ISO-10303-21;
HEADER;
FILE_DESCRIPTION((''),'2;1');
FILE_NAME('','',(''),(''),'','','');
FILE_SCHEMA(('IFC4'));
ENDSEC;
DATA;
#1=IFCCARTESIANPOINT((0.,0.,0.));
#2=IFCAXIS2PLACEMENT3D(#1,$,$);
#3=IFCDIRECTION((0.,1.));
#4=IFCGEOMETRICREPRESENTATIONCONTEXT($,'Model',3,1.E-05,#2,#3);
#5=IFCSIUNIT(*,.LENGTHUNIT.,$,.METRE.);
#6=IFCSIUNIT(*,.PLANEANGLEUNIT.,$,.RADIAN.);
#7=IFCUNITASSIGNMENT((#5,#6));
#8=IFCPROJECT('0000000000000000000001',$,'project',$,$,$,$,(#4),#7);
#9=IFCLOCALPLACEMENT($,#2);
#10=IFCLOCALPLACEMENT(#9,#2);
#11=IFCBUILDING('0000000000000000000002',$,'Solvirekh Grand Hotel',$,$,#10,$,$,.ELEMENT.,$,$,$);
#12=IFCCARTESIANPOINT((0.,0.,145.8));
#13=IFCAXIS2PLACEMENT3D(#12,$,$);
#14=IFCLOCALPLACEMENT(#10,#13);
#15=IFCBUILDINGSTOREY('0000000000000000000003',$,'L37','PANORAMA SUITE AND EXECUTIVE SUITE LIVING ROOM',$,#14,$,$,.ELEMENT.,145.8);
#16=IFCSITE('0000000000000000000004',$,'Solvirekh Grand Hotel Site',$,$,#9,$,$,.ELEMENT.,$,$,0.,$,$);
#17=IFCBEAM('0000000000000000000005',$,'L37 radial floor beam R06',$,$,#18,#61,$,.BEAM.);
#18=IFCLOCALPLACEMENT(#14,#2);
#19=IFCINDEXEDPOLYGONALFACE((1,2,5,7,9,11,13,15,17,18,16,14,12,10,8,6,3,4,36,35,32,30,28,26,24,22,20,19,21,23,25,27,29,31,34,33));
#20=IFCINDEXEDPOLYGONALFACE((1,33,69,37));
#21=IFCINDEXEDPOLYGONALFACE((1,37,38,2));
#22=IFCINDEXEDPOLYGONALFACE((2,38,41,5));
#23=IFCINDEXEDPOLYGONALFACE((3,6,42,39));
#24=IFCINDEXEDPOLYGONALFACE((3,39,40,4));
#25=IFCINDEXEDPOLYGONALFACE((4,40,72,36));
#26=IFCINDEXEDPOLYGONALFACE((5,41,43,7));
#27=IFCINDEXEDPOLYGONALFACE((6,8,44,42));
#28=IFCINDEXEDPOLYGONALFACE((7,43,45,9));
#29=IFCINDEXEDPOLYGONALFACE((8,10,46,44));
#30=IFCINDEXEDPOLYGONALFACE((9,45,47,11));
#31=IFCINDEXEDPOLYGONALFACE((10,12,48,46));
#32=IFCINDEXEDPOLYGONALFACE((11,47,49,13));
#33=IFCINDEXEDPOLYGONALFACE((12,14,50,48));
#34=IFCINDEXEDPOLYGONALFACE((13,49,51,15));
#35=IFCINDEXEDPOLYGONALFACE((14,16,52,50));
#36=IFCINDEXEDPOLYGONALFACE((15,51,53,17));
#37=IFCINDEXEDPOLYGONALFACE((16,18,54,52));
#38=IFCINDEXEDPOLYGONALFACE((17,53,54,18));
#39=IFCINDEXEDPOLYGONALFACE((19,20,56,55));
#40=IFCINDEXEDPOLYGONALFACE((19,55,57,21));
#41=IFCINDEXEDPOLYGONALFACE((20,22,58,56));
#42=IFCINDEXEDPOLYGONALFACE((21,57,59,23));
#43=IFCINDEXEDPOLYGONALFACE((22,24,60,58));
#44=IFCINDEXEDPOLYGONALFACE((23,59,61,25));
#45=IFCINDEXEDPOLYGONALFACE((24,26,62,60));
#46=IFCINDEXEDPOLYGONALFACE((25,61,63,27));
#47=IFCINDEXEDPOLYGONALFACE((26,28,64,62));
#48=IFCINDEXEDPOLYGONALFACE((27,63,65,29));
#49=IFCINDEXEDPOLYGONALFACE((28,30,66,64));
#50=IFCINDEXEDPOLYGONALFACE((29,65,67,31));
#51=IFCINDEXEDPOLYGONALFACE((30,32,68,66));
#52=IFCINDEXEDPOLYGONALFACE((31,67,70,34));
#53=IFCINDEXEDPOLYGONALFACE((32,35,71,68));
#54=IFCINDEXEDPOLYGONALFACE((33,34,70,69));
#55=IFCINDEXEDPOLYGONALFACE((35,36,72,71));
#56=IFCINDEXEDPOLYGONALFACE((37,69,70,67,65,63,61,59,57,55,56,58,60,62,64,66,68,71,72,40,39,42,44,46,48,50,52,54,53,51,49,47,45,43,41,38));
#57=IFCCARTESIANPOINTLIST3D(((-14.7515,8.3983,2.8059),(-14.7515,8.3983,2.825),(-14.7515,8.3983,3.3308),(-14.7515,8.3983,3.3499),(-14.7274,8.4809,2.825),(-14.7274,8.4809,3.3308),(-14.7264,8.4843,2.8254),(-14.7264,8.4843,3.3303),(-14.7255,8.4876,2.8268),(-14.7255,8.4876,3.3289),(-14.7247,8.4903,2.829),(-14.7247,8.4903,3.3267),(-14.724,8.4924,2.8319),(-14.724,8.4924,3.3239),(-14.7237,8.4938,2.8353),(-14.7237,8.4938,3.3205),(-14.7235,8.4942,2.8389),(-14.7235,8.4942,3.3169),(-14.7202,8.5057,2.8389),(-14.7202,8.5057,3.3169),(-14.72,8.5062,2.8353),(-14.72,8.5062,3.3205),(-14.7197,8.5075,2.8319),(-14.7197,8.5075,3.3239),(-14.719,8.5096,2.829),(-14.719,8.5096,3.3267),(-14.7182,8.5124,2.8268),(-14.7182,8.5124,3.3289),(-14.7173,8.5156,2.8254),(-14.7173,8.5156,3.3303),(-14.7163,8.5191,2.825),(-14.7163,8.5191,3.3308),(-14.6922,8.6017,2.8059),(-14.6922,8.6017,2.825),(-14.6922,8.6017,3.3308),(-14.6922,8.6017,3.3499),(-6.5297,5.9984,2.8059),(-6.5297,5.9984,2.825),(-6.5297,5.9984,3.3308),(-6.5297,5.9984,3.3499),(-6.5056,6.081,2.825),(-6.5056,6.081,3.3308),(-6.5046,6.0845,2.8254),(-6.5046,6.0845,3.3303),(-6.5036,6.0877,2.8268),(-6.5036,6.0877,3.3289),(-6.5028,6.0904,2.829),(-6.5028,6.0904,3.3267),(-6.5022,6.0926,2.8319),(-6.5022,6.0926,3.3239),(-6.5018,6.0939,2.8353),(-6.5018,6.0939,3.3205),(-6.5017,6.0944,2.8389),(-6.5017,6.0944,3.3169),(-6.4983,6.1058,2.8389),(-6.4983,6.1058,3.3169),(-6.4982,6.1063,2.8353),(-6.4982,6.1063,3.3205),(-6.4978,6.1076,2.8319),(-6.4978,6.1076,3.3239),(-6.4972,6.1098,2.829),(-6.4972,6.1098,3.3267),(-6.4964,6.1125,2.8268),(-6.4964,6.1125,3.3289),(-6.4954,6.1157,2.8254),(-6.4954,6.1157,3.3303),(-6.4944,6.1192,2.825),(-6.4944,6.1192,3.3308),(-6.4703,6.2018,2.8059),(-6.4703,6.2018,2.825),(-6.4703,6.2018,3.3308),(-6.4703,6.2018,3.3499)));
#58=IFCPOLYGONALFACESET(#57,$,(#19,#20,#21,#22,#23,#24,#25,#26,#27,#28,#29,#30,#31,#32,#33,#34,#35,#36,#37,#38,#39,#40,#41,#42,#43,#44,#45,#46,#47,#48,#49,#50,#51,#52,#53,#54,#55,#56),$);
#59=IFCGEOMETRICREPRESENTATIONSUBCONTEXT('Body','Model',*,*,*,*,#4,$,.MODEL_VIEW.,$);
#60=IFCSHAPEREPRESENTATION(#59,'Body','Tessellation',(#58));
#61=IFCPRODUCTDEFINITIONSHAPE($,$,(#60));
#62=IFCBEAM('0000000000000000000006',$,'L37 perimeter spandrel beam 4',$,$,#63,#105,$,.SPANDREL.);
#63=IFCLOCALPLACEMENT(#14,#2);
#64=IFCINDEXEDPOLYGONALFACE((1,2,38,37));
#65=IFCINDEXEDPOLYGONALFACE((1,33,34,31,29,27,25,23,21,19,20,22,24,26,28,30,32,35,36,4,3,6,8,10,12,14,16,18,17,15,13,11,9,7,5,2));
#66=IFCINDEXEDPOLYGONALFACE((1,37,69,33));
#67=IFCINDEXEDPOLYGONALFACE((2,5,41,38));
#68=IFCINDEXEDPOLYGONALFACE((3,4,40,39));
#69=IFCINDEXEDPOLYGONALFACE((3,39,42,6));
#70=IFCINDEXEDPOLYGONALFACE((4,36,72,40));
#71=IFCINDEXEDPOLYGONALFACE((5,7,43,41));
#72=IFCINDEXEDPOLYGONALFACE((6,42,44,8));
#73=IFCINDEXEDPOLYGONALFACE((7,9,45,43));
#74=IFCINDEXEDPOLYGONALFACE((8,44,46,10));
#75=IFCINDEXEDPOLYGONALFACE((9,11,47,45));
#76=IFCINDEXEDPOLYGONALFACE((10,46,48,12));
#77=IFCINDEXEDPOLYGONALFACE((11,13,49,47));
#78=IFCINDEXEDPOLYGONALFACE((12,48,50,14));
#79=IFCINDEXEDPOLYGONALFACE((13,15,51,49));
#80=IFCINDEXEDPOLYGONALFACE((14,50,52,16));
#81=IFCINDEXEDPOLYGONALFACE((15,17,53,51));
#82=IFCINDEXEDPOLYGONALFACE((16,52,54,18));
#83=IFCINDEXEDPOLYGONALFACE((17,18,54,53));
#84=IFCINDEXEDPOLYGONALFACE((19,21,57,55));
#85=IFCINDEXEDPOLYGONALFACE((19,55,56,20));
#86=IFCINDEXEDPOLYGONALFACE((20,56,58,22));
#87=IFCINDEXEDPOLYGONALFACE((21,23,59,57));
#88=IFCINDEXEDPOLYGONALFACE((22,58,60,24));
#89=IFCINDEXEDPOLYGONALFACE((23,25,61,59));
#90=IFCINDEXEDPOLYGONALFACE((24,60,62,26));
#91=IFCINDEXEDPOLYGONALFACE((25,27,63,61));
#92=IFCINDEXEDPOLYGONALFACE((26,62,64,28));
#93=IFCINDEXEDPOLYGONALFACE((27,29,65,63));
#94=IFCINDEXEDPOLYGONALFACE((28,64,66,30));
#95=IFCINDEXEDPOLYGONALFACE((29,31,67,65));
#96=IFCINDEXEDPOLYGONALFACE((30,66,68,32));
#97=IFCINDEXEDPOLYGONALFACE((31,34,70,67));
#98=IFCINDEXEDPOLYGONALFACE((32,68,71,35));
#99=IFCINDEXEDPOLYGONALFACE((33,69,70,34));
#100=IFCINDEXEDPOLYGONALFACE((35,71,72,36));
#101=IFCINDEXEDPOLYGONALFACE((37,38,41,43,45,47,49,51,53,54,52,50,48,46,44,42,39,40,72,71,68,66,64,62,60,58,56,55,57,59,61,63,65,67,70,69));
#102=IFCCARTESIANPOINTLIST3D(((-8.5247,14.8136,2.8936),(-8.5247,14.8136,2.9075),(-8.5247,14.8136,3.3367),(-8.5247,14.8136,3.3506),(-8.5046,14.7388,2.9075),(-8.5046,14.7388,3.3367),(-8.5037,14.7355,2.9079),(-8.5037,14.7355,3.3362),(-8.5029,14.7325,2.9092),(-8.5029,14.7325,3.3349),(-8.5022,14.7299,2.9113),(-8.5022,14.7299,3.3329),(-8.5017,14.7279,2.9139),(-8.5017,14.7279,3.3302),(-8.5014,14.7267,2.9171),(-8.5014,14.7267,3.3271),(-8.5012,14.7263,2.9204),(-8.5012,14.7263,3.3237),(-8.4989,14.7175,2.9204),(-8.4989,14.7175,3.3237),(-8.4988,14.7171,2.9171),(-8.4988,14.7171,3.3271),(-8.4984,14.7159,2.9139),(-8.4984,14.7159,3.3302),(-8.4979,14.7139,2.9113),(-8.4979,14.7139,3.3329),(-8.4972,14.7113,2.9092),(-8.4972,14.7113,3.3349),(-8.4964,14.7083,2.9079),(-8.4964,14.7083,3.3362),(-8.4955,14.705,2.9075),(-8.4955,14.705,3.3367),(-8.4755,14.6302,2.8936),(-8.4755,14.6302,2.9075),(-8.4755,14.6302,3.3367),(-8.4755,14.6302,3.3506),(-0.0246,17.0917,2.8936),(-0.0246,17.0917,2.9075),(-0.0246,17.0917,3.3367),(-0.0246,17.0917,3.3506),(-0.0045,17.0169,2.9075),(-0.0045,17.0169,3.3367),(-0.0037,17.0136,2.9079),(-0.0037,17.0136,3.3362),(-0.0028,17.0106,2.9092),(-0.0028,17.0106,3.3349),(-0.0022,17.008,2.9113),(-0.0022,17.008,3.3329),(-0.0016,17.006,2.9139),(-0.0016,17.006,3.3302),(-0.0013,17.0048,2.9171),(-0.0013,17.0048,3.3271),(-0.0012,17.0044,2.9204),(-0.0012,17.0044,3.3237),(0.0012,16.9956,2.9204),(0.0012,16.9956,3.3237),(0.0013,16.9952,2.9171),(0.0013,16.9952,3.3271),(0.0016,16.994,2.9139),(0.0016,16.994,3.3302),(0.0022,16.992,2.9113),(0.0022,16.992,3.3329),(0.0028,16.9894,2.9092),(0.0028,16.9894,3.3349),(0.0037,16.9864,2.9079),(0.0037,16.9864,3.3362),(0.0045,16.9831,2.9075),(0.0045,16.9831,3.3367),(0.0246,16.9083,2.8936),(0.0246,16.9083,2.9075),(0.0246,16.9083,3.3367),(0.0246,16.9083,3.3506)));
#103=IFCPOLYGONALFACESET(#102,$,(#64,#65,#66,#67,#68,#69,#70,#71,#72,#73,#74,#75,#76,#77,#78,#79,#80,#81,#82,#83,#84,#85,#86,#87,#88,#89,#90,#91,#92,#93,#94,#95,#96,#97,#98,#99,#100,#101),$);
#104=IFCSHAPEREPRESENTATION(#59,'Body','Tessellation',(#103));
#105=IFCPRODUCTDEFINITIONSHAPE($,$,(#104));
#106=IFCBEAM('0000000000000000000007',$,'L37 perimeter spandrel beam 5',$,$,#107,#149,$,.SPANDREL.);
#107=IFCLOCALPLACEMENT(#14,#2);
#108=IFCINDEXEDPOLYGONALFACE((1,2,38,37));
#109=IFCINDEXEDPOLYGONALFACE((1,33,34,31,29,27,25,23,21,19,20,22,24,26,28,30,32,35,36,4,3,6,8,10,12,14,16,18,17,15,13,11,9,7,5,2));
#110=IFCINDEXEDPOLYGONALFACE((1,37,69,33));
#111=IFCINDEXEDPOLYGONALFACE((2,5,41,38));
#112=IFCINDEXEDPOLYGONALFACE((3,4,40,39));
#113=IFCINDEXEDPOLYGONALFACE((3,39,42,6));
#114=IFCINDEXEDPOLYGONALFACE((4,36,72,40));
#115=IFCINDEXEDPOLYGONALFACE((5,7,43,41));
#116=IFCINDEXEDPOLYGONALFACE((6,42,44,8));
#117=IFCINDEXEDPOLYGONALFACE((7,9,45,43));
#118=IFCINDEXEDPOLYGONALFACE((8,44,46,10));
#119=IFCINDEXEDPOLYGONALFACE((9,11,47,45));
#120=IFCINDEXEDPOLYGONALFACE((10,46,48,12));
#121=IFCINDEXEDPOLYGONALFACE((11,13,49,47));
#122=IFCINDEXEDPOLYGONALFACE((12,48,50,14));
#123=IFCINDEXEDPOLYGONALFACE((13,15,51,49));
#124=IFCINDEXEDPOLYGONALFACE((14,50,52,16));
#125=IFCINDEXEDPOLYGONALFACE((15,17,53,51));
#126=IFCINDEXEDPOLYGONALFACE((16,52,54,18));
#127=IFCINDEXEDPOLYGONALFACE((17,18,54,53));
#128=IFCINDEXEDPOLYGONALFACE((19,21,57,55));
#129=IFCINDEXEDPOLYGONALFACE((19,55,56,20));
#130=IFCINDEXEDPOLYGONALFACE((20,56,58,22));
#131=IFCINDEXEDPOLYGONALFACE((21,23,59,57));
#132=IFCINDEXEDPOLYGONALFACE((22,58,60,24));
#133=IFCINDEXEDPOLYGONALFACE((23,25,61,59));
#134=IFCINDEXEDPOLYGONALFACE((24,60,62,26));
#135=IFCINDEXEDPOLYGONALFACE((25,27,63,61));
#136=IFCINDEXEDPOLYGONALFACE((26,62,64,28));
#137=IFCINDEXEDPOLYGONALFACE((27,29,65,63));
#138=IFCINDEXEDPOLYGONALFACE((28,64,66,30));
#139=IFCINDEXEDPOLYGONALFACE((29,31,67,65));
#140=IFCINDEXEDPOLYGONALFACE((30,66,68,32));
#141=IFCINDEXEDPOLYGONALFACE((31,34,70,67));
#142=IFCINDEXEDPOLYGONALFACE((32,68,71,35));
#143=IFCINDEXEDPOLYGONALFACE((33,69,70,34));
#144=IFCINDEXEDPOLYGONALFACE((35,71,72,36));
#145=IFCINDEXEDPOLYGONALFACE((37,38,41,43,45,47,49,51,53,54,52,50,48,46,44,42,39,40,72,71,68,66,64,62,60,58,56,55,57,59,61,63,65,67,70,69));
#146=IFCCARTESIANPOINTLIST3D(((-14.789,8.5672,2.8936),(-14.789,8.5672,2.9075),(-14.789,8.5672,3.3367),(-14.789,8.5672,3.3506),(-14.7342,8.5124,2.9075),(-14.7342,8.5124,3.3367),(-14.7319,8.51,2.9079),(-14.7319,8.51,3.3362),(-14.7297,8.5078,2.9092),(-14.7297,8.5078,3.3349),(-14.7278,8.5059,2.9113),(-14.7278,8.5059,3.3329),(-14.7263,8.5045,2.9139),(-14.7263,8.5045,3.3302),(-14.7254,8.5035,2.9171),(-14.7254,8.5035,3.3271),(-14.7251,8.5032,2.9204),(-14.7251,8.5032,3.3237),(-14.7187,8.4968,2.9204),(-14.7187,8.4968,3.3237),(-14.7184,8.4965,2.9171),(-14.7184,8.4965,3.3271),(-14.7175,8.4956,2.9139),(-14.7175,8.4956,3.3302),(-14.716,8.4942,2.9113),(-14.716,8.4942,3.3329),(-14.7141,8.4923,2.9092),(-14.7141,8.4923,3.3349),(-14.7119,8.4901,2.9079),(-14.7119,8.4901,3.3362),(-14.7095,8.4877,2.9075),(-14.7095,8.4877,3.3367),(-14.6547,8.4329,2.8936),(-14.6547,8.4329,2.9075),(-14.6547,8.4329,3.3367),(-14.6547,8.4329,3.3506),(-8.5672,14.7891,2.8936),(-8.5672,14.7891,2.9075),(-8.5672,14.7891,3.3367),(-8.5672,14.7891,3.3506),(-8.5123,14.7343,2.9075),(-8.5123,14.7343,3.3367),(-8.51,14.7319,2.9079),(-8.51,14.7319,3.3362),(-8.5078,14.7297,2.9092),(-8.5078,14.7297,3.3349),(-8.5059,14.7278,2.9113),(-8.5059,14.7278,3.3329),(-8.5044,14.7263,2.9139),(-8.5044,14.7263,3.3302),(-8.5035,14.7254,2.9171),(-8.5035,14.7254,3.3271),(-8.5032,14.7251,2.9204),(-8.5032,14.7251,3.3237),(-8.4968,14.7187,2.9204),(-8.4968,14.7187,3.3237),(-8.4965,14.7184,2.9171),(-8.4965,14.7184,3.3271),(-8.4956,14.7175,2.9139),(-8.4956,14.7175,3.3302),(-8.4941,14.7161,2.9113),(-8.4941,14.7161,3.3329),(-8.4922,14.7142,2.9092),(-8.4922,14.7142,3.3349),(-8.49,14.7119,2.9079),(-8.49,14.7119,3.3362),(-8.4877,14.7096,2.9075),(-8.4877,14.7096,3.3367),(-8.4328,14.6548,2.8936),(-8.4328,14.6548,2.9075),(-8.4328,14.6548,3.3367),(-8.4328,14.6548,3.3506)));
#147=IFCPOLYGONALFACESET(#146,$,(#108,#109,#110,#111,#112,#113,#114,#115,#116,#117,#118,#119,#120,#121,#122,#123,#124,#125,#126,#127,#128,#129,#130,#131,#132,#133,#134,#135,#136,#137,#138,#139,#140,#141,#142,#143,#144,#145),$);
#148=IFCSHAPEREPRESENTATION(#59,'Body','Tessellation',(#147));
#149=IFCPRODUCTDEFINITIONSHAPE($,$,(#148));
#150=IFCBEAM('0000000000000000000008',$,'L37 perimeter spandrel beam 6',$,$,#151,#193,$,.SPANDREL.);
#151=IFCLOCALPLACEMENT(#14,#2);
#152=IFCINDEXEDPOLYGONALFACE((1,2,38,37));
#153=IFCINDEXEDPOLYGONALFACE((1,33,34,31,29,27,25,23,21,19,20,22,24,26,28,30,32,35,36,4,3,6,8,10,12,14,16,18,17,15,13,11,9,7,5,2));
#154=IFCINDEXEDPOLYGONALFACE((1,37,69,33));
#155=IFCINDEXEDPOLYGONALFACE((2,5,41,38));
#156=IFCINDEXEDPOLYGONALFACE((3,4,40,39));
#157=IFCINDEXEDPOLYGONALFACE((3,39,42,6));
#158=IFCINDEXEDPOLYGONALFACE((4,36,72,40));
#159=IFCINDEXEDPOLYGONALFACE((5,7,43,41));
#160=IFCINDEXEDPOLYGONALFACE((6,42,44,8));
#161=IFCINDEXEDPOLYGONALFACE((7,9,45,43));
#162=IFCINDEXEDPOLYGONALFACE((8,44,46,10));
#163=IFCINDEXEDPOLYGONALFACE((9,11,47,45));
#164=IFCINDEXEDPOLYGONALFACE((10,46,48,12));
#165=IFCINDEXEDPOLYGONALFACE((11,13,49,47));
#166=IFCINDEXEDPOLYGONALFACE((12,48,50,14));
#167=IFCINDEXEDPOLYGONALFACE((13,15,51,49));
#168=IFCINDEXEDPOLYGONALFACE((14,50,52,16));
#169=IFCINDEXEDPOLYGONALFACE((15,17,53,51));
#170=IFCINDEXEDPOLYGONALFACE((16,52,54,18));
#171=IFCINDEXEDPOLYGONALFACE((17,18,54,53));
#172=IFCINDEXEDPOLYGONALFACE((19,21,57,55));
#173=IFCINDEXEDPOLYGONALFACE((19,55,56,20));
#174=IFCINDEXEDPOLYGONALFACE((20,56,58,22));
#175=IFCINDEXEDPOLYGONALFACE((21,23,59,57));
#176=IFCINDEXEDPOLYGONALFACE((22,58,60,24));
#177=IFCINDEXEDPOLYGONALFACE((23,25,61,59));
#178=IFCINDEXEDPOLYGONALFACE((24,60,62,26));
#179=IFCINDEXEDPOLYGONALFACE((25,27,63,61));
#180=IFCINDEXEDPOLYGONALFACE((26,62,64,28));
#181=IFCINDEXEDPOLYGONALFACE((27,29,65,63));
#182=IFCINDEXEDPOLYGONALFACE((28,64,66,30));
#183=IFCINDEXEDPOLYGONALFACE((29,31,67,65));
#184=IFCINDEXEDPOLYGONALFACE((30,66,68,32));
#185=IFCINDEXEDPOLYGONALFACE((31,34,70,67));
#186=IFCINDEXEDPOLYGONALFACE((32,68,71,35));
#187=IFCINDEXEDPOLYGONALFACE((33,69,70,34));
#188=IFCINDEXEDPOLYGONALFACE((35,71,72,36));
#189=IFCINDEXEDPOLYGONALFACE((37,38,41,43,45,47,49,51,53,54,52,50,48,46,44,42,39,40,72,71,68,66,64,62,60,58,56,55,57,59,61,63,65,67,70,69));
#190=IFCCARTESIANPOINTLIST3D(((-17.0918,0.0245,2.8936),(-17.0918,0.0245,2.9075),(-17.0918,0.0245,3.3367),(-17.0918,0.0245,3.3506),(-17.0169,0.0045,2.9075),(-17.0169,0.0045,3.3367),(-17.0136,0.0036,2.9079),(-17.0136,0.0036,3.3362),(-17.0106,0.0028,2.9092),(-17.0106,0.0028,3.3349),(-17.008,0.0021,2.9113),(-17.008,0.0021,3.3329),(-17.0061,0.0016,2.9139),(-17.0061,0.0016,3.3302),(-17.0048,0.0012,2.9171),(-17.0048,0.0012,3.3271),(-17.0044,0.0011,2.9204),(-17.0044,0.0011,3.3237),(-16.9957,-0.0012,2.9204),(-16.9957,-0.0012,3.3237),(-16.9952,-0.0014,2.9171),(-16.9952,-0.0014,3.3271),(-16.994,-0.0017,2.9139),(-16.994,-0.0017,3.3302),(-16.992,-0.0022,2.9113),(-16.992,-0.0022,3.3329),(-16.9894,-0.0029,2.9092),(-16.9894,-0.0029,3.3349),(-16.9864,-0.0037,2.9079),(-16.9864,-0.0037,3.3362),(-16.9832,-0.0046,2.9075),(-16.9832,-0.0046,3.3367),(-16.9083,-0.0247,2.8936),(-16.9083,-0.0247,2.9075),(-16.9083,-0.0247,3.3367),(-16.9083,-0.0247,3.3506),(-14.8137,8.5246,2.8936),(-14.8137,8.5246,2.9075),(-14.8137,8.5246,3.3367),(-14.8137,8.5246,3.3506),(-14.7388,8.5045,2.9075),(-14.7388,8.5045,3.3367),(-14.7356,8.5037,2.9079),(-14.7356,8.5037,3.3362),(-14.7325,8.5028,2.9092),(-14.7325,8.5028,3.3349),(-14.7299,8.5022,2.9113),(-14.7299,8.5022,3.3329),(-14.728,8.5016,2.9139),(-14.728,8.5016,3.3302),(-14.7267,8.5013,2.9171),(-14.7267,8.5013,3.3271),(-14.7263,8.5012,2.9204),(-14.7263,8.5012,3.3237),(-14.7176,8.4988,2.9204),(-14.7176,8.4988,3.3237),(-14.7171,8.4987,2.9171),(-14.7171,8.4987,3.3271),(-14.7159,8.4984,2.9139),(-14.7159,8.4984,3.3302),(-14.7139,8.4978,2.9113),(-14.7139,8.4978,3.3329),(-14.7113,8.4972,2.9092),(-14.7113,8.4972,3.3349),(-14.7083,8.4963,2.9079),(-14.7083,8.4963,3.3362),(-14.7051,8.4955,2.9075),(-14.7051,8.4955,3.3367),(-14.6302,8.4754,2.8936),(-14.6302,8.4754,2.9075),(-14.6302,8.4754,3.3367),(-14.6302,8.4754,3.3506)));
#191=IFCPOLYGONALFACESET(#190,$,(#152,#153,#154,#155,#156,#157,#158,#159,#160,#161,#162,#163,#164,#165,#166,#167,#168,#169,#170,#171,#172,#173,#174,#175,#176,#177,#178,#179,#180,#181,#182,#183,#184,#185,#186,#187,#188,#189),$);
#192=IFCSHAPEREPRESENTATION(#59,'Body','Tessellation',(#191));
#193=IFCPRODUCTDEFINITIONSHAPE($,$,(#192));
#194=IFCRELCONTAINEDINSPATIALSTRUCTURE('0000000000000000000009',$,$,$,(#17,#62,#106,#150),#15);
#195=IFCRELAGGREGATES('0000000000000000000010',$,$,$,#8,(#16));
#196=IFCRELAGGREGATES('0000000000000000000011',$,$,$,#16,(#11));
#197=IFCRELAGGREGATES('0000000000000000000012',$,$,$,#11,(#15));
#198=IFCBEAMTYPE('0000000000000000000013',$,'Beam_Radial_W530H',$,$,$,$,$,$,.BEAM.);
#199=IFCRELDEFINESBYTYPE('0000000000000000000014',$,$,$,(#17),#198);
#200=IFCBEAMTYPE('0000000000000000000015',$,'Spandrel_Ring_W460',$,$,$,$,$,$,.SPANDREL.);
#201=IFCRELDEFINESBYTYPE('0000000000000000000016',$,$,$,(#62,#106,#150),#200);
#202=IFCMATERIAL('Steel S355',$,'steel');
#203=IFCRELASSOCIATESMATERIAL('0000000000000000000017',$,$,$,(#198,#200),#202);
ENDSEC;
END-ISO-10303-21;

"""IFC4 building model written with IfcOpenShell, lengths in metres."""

from ifc_helpers import new_model, si_unit, direction, frame, origin, origin_2d, place, context, subcontext, project, spatial, i_section, extrude, material, material_profile, profile_set, type_object, element, save


model = new_model("IFC4")

# Units and contexts
model_context = context("Model", 3, precision=1e-05, world=origin(), true_north=direction((0.0, 1.0)))
body_context = subcontext(model_context, "Body", "Model", "MODEL_VIEW")
ifc_project = project(units=[si_unit("LENGTHUNIT", "METRE"), si_unit("PLANEANGLEUNIT", "RADIAN")], contexts=[model_context])

# Site, building, storey
site_placement = place(None, origin())
site = spatial("IfcSite", under=ifc_project, at=site_placement, Name="Solvirekh Grand Hotel Site", CompositionType="ELEMENT", RefElevation=0.0)
building_placement = place(site_placement, origin())
building = spatial("IfcBuilding", under=site, at=building_placement, Name="Solvirekh Grand Hotel", CompositionType="ELEMENT")
storey_placement = place(building_placement, frame((0.0, 0.0, 145.8)))
storey = spatial("IfcBuildingStorey", under=building, at=storey_placement, Name="L37", Description="PANORAMA SUITE AND EXECUTIVE SUITE LIVING ROOM", CompositionType="ELEMENT", Elevation=145.8)

# Beams
ifc_material_1 = material(Name="Steel S355", Category="steel")
ifc_material_profile_1 = material_profile(ifc_material_1, i_section(OverallWidth=0.2119, OverallDepth=0.5439, WebThickness=0.012, FlangeThickness=0.019, FilletRadius=0.0139, at=origin_2d()), Name="W530X123")
ifc_profile_set_1 = profile_set([ifc_material_profile_1], Name="Steel S355")
beam_type_1 = type_object("IfcBeamType", Name="Beam_Radial_W530H", PredefinedType="BEAM", material=ifc_profile_set_1)
beam_1_placement = place(storey_placement, frame((-6.5, 6.1001, 3.0779), z_axis=(-0.959942, 0.280198, 0.0), x_axis=(-0.280198, -0.959942, 0.0)))
element("IfcBeam", 1, at=beam_1_placement, inside=storey, type_object=beam_type_1, Name="L37 radial floor beam R06", PredefinedType="BEAM", context=body_context, shape_type="SweptSolid", body=[
    extrude(i_section(OverallWidth=0.2119, OverallDepth=0.5439, WebThickness=0.012, FlangeThickness=0.019, FilletRadius=0.0139, at=origin_2d()), origin(), (0.0, 0.0, 1.0), 8.5649),
])
ifc_material_profile_2 = material_profile(ifc_material_1, i_section(OverallWidth=0.1899, OverallDepth=0.457, WebThickness=0.009, FlangeThickness=0.0139, FilletRadius=0.0129, at=origin_2d()), Name="W460X74")
ifc_profile_set_2 = profile_set([ifc_material_profile_2], Name="Steel S355")
beam_type_2 = type_object("IfcBeamType", Name="Spandrel_Ring_W460", PredefinedType="SPANDREL", material=ifc_profile_set_2)
beam_2_placement = place(storey_placement, frame((0.0, 17.0, 3.1221), z_axis=(-0.965911, -0.258873, 0.0), x_axis=(0.258873, -0.965911, 0.0)))
element("IfcBeam", 2, at=beam_2_placement, inside=storey, type_object=beam_type_2, Name="L37 perimeter spandrel beam 4", PredefinedType="SPANDREL", context=body_context, shape_type="SweptSolid", body=[
    extrude(i_section(OverallWidth=0.1899, OverallDepth=0.457, WebThickness=0.009, FlangeThickness=0.0139, FilletRadius=0.0129, at=origin_2d()), origin(), (0.0, 0.0, 1.0), 8.8),
])
beam_3_placement = place(storey_placement, frame((-8.5, 14.7219, 3.1221), z_axis=(-0.707107, -0.707107, 0.0), x_axis=(0.707107, -0.707107, 0.0)))
element("IfcBeam", 3, at=beam_3_placement, inside=storey, type_object=beam_type_2, Name="L37 perimeter spandrel beam 5", PredefinedType="SPANDREL", context=body_context, shape_type="SweptSolid", body=[
    extrude(i_section(OverallWidth=0.1899, OverallDepth=0.457, WebThickness=0.009, FlangeThickness=0.0139, FilletRadius=0.0129, at=origin_2d()), origin(), (0.0, 0.0, 1.0), 8.7991),
])
beam_4_placement = place(storey_placement, frame((-14.7219, 8.5, 3.1221), z_axis=(-0.258873, -0.965911, 0.0), x_axis=(0.965911, -0.258873, 0.0)))
element("IfcBeam", 4, at=beam_4_placement, inside=storey, type_object=beam_type_2, Name="L37 perimeter spandrel beam 6", PredefinedType="SPANDREL", context=body_context, shape_type="SweptSolid", body=[
    extrude(i_section(OverallWidth=0.1899, OverallDepth=0.457, WebThickness=0.009, FlangeThickness=0.0139, FilletRadius=0.0129, at=origin_2d()), origin(), (0.0, 0.0, 1.0), 8.8),
])

save(model, "model.ifc")
